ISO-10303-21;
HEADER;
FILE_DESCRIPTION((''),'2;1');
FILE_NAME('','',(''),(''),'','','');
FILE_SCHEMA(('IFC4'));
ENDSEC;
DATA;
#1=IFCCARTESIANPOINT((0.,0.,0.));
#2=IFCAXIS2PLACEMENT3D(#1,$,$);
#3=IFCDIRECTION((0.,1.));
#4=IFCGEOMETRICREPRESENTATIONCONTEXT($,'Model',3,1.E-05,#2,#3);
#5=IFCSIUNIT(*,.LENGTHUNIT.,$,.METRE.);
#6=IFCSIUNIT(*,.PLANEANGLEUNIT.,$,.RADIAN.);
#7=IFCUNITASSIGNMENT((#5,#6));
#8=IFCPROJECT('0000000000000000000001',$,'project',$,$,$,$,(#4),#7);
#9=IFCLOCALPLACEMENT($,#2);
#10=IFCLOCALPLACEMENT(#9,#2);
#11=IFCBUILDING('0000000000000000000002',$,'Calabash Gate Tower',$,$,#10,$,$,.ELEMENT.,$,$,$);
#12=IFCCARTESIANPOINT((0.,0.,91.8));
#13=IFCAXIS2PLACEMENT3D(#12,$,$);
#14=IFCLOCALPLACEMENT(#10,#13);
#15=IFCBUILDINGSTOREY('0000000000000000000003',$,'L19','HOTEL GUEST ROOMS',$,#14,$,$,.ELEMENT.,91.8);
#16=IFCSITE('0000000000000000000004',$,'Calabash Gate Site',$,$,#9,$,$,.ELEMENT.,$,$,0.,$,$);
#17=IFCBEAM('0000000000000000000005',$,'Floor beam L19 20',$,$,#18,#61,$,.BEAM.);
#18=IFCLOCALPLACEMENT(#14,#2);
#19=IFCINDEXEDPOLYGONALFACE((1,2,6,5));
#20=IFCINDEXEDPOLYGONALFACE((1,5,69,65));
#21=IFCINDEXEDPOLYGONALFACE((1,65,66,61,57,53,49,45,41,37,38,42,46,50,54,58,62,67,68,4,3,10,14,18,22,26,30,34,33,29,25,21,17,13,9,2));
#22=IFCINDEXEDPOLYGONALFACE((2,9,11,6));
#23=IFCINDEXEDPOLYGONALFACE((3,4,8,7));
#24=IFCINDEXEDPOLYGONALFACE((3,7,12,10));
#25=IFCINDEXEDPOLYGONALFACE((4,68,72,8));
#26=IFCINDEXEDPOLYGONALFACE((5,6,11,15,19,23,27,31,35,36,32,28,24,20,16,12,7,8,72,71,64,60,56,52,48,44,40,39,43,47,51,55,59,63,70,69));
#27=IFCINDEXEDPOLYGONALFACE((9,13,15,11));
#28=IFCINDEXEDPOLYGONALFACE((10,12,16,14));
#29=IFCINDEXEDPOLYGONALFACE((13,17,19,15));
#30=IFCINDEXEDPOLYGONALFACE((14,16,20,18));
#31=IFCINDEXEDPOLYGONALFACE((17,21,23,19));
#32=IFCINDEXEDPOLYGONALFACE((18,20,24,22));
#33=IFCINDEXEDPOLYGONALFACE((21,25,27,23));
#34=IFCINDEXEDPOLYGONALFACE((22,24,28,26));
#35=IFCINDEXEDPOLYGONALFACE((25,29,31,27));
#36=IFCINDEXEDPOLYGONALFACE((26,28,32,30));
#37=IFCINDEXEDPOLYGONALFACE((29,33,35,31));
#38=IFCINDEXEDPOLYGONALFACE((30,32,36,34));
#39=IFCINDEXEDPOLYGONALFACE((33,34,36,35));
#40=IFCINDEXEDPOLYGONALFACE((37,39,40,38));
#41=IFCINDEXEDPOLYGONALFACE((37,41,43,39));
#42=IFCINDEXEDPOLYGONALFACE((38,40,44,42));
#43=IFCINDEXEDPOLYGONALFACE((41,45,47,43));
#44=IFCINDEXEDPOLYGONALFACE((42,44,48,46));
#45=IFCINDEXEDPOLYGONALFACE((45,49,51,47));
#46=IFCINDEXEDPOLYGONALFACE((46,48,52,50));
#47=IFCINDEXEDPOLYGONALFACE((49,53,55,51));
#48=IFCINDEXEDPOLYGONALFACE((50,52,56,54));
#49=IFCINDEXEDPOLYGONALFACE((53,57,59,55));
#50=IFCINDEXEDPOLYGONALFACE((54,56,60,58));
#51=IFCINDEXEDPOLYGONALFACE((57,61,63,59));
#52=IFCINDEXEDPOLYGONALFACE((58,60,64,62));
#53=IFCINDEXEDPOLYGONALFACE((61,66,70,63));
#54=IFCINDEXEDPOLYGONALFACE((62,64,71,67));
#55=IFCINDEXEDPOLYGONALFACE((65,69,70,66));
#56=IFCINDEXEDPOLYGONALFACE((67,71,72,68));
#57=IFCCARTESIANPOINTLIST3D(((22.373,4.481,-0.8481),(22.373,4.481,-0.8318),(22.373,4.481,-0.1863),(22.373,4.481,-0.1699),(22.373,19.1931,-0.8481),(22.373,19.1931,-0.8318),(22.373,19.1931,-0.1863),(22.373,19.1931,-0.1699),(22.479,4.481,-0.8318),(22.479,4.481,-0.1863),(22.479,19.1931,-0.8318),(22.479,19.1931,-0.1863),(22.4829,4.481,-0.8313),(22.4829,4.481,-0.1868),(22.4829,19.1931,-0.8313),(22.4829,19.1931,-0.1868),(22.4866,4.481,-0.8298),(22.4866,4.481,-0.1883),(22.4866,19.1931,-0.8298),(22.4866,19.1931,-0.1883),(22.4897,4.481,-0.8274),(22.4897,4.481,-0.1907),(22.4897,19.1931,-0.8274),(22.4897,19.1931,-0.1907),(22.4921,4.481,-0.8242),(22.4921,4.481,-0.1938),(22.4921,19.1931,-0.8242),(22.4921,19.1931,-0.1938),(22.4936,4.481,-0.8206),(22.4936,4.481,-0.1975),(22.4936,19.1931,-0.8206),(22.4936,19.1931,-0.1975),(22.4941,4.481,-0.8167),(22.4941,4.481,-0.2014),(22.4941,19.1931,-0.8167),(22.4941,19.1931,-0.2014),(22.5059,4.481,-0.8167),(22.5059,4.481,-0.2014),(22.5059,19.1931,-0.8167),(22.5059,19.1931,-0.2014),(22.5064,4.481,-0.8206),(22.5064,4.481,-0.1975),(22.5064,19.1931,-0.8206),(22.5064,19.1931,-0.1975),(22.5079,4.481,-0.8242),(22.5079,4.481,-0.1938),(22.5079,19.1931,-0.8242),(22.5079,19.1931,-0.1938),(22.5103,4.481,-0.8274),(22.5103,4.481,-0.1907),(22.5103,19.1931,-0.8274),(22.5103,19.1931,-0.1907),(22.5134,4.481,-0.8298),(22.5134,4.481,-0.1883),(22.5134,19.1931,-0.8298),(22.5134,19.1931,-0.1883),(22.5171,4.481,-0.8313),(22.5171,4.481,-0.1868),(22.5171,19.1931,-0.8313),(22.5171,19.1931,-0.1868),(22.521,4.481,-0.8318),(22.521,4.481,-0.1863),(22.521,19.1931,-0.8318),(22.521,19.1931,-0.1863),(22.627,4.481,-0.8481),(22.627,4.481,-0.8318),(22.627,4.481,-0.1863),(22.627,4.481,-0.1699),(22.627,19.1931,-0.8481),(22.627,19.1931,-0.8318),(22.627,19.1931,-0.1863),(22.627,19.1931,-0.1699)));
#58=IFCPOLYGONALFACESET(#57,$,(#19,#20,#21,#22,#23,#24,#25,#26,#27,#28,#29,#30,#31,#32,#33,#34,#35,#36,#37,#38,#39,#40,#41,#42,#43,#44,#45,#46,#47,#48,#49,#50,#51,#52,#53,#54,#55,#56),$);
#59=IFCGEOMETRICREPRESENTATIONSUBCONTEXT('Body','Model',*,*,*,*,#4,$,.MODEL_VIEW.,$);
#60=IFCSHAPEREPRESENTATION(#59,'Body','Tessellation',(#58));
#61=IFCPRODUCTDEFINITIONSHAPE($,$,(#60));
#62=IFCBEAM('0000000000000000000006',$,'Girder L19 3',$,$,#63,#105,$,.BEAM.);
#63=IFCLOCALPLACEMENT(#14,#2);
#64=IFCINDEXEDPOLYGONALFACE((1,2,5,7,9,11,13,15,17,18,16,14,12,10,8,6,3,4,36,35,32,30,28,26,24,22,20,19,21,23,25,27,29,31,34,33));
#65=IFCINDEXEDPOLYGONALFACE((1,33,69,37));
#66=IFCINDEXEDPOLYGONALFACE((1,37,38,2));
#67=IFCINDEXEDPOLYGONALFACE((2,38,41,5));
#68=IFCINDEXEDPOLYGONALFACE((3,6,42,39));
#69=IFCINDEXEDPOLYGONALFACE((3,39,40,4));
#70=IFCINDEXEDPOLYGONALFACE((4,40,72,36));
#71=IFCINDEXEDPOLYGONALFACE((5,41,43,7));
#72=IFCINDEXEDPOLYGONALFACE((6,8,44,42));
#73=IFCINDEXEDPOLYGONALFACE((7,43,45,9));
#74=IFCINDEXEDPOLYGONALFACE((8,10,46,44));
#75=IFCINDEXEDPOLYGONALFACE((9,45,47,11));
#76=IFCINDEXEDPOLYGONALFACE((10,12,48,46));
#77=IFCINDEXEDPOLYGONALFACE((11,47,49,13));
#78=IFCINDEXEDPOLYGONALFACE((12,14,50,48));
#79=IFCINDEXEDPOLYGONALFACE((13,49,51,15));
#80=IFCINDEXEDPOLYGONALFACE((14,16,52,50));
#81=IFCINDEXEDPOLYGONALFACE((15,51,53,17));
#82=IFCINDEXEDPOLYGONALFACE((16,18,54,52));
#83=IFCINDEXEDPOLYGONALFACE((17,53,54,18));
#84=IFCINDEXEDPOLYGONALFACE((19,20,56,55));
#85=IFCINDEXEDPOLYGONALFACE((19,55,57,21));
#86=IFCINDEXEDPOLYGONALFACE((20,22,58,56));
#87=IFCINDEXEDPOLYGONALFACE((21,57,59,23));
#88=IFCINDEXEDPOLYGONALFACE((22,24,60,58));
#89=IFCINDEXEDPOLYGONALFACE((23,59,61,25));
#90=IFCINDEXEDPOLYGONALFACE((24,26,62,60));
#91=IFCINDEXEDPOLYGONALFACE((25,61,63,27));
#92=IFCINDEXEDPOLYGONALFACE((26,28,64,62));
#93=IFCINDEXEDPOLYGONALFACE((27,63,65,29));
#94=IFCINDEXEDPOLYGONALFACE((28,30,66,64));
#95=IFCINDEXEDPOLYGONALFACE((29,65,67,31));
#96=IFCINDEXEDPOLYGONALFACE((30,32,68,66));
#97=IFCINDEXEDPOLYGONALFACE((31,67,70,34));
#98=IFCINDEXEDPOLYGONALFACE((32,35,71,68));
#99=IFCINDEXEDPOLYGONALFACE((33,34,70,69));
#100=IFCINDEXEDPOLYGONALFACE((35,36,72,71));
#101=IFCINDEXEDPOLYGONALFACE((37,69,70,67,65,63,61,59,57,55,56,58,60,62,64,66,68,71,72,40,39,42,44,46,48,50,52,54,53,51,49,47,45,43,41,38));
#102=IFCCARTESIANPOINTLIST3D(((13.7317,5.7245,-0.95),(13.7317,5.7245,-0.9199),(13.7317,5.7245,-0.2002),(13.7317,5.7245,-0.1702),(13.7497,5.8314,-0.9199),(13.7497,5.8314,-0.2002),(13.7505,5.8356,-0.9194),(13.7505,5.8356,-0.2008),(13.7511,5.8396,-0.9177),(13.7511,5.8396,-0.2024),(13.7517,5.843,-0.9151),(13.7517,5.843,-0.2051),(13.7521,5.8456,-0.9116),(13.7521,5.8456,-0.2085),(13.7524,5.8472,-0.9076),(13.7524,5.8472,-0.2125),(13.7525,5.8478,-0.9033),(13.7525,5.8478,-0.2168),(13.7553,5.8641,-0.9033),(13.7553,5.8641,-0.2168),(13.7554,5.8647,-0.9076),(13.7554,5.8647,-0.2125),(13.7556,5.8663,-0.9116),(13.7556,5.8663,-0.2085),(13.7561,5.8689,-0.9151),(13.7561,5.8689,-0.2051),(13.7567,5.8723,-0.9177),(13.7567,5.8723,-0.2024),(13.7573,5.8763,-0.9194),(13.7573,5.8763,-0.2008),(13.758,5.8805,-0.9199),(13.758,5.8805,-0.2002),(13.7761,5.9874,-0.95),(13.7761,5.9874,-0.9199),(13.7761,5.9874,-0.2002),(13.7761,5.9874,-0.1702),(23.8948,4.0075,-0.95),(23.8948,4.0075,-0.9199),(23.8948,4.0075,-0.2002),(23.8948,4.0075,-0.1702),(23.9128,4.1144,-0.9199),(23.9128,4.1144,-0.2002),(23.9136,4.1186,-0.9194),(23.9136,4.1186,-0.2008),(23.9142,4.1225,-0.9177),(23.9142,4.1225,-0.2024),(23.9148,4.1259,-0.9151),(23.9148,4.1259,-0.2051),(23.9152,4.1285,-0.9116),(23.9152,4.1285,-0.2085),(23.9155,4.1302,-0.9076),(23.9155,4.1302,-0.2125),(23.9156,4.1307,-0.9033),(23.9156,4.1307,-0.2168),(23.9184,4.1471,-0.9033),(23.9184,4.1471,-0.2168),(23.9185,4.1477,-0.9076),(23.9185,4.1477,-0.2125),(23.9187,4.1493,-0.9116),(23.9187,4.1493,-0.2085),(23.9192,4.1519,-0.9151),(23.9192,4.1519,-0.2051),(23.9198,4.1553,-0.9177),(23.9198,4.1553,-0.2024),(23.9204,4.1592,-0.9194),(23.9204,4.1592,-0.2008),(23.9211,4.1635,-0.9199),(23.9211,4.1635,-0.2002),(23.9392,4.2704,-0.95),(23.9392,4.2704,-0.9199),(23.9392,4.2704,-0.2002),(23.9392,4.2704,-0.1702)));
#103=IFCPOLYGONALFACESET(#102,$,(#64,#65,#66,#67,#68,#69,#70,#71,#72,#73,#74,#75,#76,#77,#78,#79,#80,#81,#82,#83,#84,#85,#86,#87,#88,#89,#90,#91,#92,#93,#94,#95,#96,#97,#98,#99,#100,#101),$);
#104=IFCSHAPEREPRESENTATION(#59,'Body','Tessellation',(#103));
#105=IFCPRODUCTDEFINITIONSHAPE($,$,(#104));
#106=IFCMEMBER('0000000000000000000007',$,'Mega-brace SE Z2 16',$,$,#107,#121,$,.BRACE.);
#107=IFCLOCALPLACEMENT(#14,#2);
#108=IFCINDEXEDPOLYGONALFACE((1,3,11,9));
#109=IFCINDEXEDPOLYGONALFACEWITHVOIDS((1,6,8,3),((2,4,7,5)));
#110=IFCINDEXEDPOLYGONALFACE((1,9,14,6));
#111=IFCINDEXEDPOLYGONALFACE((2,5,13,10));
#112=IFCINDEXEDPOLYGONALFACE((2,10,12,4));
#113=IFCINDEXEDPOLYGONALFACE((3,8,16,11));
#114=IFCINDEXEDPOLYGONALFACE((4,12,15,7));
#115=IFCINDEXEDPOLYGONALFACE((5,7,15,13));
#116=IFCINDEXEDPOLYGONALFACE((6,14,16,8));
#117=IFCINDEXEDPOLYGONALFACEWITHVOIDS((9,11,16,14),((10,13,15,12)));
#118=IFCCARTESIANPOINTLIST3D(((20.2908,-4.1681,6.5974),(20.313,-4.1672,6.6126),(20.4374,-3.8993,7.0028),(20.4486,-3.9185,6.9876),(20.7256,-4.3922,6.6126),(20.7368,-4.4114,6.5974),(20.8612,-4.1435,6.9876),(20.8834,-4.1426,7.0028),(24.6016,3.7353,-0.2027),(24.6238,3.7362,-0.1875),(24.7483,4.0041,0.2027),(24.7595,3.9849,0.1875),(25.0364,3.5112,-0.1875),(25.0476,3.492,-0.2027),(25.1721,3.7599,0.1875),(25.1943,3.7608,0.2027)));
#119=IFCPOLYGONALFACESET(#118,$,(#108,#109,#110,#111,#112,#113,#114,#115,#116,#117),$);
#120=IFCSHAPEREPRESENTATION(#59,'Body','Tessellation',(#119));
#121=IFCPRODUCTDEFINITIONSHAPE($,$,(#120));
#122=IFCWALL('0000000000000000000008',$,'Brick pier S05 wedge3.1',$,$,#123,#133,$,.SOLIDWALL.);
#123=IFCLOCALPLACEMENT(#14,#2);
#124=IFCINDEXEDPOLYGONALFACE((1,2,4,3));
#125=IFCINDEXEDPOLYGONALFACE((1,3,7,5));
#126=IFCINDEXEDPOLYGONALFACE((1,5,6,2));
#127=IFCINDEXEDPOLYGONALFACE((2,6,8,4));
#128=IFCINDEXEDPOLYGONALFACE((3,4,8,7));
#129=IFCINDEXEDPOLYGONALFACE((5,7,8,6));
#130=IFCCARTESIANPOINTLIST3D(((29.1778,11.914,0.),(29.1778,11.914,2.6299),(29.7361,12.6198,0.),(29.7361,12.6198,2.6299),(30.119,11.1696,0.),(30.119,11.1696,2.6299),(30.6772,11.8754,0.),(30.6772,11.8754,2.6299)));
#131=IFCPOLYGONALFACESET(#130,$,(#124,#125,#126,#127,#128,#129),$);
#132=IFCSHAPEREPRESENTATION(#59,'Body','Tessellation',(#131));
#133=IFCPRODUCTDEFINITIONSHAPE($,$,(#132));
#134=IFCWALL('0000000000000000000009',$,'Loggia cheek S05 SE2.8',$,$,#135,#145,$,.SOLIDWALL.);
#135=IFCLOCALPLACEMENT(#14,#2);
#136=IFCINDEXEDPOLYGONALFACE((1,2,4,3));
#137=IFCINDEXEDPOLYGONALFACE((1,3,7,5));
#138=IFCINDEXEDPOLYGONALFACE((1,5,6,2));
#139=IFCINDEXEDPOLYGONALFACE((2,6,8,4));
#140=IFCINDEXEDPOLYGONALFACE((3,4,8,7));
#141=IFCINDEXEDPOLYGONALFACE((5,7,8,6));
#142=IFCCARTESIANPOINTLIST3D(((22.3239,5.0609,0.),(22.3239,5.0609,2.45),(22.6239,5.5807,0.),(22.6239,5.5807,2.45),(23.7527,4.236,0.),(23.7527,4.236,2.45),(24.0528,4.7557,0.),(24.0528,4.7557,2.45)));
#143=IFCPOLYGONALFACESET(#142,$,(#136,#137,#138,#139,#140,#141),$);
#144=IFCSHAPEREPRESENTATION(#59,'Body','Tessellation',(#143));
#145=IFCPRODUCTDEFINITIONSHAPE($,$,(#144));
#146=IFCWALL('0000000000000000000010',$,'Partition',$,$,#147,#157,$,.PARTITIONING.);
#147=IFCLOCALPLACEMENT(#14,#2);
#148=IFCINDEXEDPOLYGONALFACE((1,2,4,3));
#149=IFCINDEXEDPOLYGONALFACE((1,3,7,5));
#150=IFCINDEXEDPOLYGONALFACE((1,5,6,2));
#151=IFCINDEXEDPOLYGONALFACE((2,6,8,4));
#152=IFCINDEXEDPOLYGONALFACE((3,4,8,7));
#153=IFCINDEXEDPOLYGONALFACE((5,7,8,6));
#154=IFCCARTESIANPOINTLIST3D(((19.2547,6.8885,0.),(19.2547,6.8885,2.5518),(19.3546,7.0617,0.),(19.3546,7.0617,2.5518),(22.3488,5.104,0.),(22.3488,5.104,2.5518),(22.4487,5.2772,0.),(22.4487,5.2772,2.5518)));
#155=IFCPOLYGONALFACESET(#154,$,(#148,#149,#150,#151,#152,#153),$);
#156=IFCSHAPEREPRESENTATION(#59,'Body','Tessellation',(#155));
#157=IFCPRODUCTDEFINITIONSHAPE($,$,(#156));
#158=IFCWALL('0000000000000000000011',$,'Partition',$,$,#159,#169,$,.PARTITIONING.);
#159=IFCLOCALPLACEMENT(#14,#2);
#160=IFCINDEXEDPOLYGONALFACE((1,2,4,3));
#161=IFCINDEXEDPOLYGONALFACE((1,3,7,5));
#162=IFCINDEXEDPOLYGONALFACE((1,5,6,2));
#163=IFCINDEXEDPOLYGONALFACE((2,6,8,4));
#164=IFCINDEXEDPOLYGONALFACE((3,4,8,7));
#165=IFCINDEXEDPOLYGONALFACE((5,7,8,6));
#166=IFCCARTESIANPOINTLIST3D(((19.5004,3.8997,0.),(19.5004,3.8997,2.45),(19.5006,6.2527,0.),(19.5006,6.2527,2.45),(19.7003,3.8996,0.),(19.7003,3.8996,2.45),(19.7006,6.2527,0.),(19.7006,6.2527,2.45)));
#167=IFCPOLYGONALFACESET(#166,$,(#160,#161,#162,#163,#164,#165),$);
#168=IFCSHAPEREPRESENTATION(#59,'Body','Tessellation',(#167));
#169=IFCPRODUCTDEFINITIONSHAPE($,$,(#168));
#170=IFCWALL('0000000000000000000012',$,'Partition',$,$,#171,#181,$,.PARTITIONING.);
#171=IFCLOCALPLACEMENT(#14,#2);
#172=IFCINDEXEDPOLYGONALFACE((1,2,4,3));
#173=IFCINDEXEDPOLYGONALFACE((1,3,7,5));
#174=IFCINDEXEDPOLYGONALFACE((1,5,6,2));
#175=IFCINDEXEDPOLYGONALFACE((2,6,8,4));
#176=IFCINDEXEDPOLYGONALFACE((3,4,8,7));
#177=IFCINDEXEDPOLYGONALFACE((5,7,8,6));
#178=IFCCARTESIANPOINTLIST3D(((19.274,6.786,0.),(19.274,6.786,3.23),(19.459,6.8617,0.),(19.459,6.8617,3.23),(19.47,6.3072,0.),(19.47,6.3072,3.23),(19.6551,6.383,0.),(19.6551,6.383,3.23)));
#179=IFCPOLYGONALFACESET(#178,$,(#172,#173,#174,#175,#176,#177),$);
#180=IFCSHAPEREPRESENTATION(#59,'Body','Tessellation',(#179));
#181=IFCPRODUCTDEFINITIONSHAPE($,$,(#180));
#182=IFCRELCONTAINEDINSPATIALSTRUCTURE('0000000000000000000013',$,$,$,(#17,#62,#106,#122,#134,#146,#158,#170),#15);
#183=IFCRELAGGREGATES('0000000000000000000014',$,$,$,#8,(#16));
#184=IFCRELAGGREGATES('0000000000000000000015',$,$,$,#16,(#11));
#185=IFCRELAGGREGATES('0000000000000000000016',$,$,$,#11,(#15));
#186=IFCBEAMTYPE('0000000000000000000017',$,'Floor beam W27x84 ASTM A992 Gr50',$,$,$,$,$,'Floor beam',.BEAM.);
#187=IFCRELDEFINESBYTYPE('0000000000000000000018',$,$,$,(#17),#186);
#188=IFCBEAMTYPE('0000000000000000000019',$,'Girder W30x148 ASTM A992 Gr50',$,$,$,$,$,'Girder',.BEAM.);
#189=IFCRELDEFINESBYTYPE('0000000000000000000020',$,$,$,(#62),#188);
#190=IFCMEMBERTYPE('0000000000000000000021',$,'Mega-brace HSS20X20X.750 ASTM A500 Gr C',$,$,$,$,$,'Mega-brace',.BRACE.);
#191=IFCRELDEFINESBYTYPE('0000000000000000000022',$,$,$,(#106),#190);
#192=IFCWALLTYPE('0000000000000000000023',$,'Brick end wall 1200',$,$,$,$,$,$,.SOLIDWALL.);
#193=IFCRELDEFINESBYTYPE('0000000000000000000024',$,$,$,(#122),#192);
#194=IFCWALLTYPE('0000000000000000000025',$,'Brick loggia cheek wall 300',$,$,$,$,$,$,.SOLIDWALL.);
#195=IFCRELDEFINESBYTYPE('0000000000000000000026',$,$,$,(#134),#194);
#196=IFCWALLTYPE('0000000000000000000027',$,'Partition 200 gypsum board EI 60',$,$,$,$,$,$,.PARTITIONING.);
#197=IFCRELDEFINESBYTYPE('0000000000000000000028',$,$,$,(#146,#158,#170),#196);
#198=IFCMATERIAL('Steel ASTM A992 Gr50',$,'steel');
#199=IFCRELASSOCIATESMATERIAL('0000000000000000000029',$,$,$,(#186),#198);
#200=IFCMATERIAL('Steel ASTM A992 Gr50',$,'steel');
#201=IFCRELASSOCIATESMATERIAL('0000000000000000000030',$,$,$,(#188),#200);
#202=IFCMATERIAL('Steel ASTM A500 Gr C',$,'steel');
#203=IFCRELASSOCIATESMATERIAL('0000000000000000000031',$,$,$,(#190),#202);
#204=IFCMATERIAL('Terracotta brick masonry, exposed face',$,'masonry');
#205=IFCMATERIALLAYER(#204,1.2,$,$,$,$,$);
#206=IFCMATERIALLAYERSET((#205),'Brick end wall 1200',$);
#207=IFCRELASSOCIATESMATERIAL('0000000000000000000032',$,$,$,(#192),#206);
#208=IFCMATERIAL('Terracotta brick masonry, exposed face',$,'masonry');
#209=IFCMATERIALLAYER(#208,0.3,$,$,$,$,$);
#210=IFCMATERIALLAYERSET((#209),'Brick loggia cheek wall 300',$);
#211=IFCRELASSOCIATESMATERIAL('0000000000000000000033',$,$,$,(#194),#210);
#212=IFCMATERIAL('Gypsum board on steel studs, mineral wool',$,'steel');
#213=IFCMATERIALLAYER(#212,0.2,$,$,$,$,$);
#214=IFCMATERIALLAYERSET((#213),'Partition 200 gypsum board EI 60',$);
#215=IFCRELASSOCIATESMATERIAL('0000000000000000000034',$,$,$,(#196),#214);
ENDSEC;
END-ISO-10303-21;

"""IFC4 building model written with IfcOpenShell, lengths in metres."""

from ifc_helpers import new_model, si_unit, direction, frame, frame_2d, origin, origin_2d, place, context, subcontext, project, spatial, rectangle, hollow_rectangle, i_section, extrude, material, layer, layer_set, material_profile, profile_set, type_object, element, save


model = new_model("IFC4")

# Units and contexts
model_context = context("Model", 3, precision=1e-05, world=origin(), true_north=direction((0.0, 1.0)))
body_context = subcontext(model_context, "Body", "Model", "MODEL_VIEW")
ifc_project = project(units=[si_unit("LENGTHUNIT", "METRE"), si_unit("PLANEANGLEUNIT", "RADIAN")], contexts=[model_context])

# Site, building, storey
site_placement = place(None, origin())
site = spatial("IfcSite", under=ifc_project, at=site_placement, Name="Calabash Gate Site", CompositionType="ELEMENT", RefElevation=0.0)
building_placement = place(site_placement, origin())
building = spatial("IfcBuilding", under=site, at=building_placement, Name="Calabash Gate Tower", CompositionType="ELEMENT")
storey_placement = place(building_placement, frame((0.0, 0.0, 91.8)))
storey = spatial("IfcBuildingStorey", under=building, at=storey_placement, Name="L19", Description="HOTEL GUEST ROOMS", CompositionType="ELEMENT", Elevation=91.8)

# Beams
ifc_material_1 = material(Name="Steel ASTM A992 Gr50", Category="steel")
ifc_material_profile_1 = material_profile(ifc_material_1, i_section(OverallWidth=0.2539, OverallDepth=0.6782, WebThickness=0.0117, FlangeThickness=0.0164, FilletRadius=0.0151, at=origin_2d()))
ifc_profile_set_1 = profile_set([ifc_material_profile_1], Name="Steel ASTM A992 Gr50")
beam_type_1 = type_object("IfcBeamType", Name="Floor beam W27x84 ASTM A992 Gr50", ElementType="Floor beam", PredefinedType="BEAM", material=ifc_profile_set_1)
beam_1_placement = place(storey_placement, frame((22.5, 4.481, -0.509), z_axis=(0.0, 1.0, 0.0), x_axis=(-1.0, 0.0, 0.0)))
element("IfcBeam", 1, at=beam_1_placement, inside=storey, type_object=beam_type_1, Name="Floor beam L19 20", PredefinedType="BEAM", context=body_context, shape_type="SweptSolid", body=[
    extrude(i_section(OverallWidth=0.2539, OverallDepth=0.6782, WebThickness=0.0117, FlangeThickness=0.0164, FilletRadius=0.0151, at=origin_2d()), origin(), (0.0, 0.0, 1.0), 14.7122),
])
ifc_material_2 = material(Name="Steel ASTM A992 Gr50", Category="steel")
ifc_material_profile_2 = material_profile(ifc_material_2, i_section(OverallWidth=0.2666, OverallDepth=0.7798, WebThickness=0.0166, FlangeThickness=0.03, FilletRadius=0.0166, at=origin_2d()))
ifc_profile_set_2 = profile_set([ifc_material_profile_2], Name="Steel ASTM A992 Gr50")
beam_type_2 = type_object("IfcBeamType", Name="Girder W30x148 ASTM A992 Gr50", ElementType="Girder", PredefinedType="BEAM", material=ifc_profile_set_2)
beam_2_placement = place(storey_placement, frame((23.917, 4.1389, -0.5601), z_axis=(-0.986027, 0.166588, 0.0), x_axis=(-0.166588, -0.986027, 0.0)))
element("IfcBeam", 2, at=beam_2_placement, inside=storey, type_object=beam_type_2, Name="Girder L19 3", PredefinedType="BEAM", context=body_context, shape_type="SweptSolid", body=[
    extrude(i_section(OverallWidth=0.2666, OverallDepth=0.7798, WebThickness=0.0166, FlangeThickness=0.03, FilletRadius=0.0166, at=origin_2d()), origin(), (0.0, 0.0, 1.0), 10.3071),
])

# Member
ifc_material_3 = material(Name="Steel ASTM A500 Gr C", Category="steel")
ifc_material_profile_3 = material_profile(ifc_material_3, hollow_rectangle(XDim=0.5081, YDim=0.5081, WallThickness=0.019, at=origin_2d()))
ifc_profile_set_3 = profile_set([ifc_material_profile_3], Name="Steel ASTM A500 Gr C")
member_type = type_object("IfcMemberType", Name="Mega-brace HSS20X20X.750 ASTM A500 Gr C", ElementType="Mega-brace", PredefinedType="BRACE", material=ifc_profile_set_3)
member_placement = place(storey_placement, frame((24.8979, 3.748, 0.0), z_axis=(-0.382091, -0.700518, 0.602728), x_axis=(0.877901, -0.478843, 0.0)))
element("IfcMember", 3, at=member_placement, inside=storey, type_object=member_type, Name="Mega-brace SE Z2 16", PredefinedType="BRACE", context=body_context, shape_type="SweptSolid", body=[
    extrude(hollow_rectangle(XDim=0.5081, YDim=0.5081, WallThickness=0.019, at=origin_2d()), origin(), (0.0, 0.0, 1.0), 11.2822),
])

# Walls
ifc_material_4 = material(Name="Terracotta brick masonry, exposed face", Category="masonry")
ifc_layer_1 = layer(ifc_material_4, 1.2)
ifc_layer_set_1 = layer_set([ifc_layer_1], Name="Brick end wall 1200")
wall_type_1 = type_object("IfcWallType", Name="Brick end wall 1200", PredefinedType="SOLIDWALL", material=ifc_layer_set_1)
wall_1_placement = place(storey_placement, frame((30.3982, 11.5225, 0.0), z_axis=(0.0, 0.0, 1.0), x_axis=(-0.78433, 0.620343, 0.0)))
element("IfcWall", 4, at=wall_1_placement, inside=storey, type_object=wall_type_1, Name="Brick pier S05 wedge3.1", PredefinedType="SOLIDWALL", context=body_context, shape_type="SweptSolid", body=[
    extrude(rectangle(XDim=1.2, YDim=0.8999, at=frame_2d((0.6001, 0.0))), origin(), (0.0, 0.0, 1.0), 2.6299),
])
ifc_material_5 = material(Name="Terracotta brick masonry, exposed face", Category="masonry")
ifc_layer_2 = layer(ifc_material_5, 0.3)
ifc_layer_set_2 = layer_set([ifc_layer_2], Name="Brick loggia cheek wall 300")
wall_type_2 = type_object("IfcWallType", Name="Brick loggia cheek wall 300", PredefinedType="SOLIDWALL", material=ifc_layer_set_2)
wall_2_placement = place(storey_placement, frame((22.4739, 5.3208, 0.0), z_axis=(0.0, 0.0, 1.0), x_axis=(0.86604, -0.499974, 0.0)))
element("IfcWall", 5, at=wall_2_placement, inside=storey, type_object=wall_type_2, Name="Loggia cheek S05 SE2.8", PredefinedType="SOLIDWALL", context=body_context, shape_type="SweptSolid", body=[
    extrude(rectangle(XDim=1.6499, YDim=0.6001, at=frame_2d((0.825, 0.0))), origin(), (0.0, 0.0, 1.0), 2.45),
])
ifc_material_6 = material(Name="Gypsum board on steel studs, mineral wool", Category="steel")
ifc_layer_3 = layer(ifc_material_6, 0.2)
ifc_layer_set_3 = layer_set([ifc_layer_3], Name="Partition 200 gypsum board EI 60")
wall_type_3 = type_object("IfcWallType", Name="Partition 200 gypsum board EI 60", PredefinedType="PARTITIONING", material=ifc_layer_set_3)
wall_3_placement = place(storey_placement, frame((19.3047, 6.9751, 0.0), z_axis=(0.0, 0.0, 1.0), x_axis=(0.866255, -0.499602, 0.0)))
element("IfcWall", 6, at=wall_3_placement, inside=storey, type_object=wall_type_3, Name="Partition", PredefinedType="PARTITIONING", context=body_context, shape_type="SweptSolid", body=[
    extrude(rectangle(XDim=3.5718, YDim=0.2, at=frame_2d((1.7859, 0.0))), origin(), (0.0, 0.0, 1.0), 2.5518),
])
wall_4_placement = place(storey_placement, frame((19.6003, 3.8997, 0.0), z_axis=(0.0, 0.0, 1.0), x_axis=(0.000104, 1.0, 0.0)))
element("IfcWall", 7, at=wall_4_placement, inside=storey, type_object=wall_type_3, Name="Partition", PredefinedType="PARTITIONING", context=body_context, shape_type="SweptSolid", body=[
    extrude(rectangle(XDim=2.353, YDim=0.2, at=frame_2d((1.1765, 0.0))), origin(), (0.0, 0.0, 1.0), 2.45),
])
wall_5_placement = place(storey_placement, frame((19.3665, 6.824, 0.0), z_axis=(0.0, 0.0, 1.0), x_axis=(0.378945, -0.925419, 0.0)))
element("IfcWall", 8, at=wall_5_placement, inside=storey, type_object=wall_type_3, Name="Partition", PredefinedType="PARTITIONING", context=body_context, shape_type="SweptSolid", body=[
    extrude(rectangle(XDim=0.5173, YDim=0.2, at=frame_2d((0.2588, 0.0))), origin(), (0.0, 0.0, 1.0), 3.23),
])

save(model, "model.ifc")
